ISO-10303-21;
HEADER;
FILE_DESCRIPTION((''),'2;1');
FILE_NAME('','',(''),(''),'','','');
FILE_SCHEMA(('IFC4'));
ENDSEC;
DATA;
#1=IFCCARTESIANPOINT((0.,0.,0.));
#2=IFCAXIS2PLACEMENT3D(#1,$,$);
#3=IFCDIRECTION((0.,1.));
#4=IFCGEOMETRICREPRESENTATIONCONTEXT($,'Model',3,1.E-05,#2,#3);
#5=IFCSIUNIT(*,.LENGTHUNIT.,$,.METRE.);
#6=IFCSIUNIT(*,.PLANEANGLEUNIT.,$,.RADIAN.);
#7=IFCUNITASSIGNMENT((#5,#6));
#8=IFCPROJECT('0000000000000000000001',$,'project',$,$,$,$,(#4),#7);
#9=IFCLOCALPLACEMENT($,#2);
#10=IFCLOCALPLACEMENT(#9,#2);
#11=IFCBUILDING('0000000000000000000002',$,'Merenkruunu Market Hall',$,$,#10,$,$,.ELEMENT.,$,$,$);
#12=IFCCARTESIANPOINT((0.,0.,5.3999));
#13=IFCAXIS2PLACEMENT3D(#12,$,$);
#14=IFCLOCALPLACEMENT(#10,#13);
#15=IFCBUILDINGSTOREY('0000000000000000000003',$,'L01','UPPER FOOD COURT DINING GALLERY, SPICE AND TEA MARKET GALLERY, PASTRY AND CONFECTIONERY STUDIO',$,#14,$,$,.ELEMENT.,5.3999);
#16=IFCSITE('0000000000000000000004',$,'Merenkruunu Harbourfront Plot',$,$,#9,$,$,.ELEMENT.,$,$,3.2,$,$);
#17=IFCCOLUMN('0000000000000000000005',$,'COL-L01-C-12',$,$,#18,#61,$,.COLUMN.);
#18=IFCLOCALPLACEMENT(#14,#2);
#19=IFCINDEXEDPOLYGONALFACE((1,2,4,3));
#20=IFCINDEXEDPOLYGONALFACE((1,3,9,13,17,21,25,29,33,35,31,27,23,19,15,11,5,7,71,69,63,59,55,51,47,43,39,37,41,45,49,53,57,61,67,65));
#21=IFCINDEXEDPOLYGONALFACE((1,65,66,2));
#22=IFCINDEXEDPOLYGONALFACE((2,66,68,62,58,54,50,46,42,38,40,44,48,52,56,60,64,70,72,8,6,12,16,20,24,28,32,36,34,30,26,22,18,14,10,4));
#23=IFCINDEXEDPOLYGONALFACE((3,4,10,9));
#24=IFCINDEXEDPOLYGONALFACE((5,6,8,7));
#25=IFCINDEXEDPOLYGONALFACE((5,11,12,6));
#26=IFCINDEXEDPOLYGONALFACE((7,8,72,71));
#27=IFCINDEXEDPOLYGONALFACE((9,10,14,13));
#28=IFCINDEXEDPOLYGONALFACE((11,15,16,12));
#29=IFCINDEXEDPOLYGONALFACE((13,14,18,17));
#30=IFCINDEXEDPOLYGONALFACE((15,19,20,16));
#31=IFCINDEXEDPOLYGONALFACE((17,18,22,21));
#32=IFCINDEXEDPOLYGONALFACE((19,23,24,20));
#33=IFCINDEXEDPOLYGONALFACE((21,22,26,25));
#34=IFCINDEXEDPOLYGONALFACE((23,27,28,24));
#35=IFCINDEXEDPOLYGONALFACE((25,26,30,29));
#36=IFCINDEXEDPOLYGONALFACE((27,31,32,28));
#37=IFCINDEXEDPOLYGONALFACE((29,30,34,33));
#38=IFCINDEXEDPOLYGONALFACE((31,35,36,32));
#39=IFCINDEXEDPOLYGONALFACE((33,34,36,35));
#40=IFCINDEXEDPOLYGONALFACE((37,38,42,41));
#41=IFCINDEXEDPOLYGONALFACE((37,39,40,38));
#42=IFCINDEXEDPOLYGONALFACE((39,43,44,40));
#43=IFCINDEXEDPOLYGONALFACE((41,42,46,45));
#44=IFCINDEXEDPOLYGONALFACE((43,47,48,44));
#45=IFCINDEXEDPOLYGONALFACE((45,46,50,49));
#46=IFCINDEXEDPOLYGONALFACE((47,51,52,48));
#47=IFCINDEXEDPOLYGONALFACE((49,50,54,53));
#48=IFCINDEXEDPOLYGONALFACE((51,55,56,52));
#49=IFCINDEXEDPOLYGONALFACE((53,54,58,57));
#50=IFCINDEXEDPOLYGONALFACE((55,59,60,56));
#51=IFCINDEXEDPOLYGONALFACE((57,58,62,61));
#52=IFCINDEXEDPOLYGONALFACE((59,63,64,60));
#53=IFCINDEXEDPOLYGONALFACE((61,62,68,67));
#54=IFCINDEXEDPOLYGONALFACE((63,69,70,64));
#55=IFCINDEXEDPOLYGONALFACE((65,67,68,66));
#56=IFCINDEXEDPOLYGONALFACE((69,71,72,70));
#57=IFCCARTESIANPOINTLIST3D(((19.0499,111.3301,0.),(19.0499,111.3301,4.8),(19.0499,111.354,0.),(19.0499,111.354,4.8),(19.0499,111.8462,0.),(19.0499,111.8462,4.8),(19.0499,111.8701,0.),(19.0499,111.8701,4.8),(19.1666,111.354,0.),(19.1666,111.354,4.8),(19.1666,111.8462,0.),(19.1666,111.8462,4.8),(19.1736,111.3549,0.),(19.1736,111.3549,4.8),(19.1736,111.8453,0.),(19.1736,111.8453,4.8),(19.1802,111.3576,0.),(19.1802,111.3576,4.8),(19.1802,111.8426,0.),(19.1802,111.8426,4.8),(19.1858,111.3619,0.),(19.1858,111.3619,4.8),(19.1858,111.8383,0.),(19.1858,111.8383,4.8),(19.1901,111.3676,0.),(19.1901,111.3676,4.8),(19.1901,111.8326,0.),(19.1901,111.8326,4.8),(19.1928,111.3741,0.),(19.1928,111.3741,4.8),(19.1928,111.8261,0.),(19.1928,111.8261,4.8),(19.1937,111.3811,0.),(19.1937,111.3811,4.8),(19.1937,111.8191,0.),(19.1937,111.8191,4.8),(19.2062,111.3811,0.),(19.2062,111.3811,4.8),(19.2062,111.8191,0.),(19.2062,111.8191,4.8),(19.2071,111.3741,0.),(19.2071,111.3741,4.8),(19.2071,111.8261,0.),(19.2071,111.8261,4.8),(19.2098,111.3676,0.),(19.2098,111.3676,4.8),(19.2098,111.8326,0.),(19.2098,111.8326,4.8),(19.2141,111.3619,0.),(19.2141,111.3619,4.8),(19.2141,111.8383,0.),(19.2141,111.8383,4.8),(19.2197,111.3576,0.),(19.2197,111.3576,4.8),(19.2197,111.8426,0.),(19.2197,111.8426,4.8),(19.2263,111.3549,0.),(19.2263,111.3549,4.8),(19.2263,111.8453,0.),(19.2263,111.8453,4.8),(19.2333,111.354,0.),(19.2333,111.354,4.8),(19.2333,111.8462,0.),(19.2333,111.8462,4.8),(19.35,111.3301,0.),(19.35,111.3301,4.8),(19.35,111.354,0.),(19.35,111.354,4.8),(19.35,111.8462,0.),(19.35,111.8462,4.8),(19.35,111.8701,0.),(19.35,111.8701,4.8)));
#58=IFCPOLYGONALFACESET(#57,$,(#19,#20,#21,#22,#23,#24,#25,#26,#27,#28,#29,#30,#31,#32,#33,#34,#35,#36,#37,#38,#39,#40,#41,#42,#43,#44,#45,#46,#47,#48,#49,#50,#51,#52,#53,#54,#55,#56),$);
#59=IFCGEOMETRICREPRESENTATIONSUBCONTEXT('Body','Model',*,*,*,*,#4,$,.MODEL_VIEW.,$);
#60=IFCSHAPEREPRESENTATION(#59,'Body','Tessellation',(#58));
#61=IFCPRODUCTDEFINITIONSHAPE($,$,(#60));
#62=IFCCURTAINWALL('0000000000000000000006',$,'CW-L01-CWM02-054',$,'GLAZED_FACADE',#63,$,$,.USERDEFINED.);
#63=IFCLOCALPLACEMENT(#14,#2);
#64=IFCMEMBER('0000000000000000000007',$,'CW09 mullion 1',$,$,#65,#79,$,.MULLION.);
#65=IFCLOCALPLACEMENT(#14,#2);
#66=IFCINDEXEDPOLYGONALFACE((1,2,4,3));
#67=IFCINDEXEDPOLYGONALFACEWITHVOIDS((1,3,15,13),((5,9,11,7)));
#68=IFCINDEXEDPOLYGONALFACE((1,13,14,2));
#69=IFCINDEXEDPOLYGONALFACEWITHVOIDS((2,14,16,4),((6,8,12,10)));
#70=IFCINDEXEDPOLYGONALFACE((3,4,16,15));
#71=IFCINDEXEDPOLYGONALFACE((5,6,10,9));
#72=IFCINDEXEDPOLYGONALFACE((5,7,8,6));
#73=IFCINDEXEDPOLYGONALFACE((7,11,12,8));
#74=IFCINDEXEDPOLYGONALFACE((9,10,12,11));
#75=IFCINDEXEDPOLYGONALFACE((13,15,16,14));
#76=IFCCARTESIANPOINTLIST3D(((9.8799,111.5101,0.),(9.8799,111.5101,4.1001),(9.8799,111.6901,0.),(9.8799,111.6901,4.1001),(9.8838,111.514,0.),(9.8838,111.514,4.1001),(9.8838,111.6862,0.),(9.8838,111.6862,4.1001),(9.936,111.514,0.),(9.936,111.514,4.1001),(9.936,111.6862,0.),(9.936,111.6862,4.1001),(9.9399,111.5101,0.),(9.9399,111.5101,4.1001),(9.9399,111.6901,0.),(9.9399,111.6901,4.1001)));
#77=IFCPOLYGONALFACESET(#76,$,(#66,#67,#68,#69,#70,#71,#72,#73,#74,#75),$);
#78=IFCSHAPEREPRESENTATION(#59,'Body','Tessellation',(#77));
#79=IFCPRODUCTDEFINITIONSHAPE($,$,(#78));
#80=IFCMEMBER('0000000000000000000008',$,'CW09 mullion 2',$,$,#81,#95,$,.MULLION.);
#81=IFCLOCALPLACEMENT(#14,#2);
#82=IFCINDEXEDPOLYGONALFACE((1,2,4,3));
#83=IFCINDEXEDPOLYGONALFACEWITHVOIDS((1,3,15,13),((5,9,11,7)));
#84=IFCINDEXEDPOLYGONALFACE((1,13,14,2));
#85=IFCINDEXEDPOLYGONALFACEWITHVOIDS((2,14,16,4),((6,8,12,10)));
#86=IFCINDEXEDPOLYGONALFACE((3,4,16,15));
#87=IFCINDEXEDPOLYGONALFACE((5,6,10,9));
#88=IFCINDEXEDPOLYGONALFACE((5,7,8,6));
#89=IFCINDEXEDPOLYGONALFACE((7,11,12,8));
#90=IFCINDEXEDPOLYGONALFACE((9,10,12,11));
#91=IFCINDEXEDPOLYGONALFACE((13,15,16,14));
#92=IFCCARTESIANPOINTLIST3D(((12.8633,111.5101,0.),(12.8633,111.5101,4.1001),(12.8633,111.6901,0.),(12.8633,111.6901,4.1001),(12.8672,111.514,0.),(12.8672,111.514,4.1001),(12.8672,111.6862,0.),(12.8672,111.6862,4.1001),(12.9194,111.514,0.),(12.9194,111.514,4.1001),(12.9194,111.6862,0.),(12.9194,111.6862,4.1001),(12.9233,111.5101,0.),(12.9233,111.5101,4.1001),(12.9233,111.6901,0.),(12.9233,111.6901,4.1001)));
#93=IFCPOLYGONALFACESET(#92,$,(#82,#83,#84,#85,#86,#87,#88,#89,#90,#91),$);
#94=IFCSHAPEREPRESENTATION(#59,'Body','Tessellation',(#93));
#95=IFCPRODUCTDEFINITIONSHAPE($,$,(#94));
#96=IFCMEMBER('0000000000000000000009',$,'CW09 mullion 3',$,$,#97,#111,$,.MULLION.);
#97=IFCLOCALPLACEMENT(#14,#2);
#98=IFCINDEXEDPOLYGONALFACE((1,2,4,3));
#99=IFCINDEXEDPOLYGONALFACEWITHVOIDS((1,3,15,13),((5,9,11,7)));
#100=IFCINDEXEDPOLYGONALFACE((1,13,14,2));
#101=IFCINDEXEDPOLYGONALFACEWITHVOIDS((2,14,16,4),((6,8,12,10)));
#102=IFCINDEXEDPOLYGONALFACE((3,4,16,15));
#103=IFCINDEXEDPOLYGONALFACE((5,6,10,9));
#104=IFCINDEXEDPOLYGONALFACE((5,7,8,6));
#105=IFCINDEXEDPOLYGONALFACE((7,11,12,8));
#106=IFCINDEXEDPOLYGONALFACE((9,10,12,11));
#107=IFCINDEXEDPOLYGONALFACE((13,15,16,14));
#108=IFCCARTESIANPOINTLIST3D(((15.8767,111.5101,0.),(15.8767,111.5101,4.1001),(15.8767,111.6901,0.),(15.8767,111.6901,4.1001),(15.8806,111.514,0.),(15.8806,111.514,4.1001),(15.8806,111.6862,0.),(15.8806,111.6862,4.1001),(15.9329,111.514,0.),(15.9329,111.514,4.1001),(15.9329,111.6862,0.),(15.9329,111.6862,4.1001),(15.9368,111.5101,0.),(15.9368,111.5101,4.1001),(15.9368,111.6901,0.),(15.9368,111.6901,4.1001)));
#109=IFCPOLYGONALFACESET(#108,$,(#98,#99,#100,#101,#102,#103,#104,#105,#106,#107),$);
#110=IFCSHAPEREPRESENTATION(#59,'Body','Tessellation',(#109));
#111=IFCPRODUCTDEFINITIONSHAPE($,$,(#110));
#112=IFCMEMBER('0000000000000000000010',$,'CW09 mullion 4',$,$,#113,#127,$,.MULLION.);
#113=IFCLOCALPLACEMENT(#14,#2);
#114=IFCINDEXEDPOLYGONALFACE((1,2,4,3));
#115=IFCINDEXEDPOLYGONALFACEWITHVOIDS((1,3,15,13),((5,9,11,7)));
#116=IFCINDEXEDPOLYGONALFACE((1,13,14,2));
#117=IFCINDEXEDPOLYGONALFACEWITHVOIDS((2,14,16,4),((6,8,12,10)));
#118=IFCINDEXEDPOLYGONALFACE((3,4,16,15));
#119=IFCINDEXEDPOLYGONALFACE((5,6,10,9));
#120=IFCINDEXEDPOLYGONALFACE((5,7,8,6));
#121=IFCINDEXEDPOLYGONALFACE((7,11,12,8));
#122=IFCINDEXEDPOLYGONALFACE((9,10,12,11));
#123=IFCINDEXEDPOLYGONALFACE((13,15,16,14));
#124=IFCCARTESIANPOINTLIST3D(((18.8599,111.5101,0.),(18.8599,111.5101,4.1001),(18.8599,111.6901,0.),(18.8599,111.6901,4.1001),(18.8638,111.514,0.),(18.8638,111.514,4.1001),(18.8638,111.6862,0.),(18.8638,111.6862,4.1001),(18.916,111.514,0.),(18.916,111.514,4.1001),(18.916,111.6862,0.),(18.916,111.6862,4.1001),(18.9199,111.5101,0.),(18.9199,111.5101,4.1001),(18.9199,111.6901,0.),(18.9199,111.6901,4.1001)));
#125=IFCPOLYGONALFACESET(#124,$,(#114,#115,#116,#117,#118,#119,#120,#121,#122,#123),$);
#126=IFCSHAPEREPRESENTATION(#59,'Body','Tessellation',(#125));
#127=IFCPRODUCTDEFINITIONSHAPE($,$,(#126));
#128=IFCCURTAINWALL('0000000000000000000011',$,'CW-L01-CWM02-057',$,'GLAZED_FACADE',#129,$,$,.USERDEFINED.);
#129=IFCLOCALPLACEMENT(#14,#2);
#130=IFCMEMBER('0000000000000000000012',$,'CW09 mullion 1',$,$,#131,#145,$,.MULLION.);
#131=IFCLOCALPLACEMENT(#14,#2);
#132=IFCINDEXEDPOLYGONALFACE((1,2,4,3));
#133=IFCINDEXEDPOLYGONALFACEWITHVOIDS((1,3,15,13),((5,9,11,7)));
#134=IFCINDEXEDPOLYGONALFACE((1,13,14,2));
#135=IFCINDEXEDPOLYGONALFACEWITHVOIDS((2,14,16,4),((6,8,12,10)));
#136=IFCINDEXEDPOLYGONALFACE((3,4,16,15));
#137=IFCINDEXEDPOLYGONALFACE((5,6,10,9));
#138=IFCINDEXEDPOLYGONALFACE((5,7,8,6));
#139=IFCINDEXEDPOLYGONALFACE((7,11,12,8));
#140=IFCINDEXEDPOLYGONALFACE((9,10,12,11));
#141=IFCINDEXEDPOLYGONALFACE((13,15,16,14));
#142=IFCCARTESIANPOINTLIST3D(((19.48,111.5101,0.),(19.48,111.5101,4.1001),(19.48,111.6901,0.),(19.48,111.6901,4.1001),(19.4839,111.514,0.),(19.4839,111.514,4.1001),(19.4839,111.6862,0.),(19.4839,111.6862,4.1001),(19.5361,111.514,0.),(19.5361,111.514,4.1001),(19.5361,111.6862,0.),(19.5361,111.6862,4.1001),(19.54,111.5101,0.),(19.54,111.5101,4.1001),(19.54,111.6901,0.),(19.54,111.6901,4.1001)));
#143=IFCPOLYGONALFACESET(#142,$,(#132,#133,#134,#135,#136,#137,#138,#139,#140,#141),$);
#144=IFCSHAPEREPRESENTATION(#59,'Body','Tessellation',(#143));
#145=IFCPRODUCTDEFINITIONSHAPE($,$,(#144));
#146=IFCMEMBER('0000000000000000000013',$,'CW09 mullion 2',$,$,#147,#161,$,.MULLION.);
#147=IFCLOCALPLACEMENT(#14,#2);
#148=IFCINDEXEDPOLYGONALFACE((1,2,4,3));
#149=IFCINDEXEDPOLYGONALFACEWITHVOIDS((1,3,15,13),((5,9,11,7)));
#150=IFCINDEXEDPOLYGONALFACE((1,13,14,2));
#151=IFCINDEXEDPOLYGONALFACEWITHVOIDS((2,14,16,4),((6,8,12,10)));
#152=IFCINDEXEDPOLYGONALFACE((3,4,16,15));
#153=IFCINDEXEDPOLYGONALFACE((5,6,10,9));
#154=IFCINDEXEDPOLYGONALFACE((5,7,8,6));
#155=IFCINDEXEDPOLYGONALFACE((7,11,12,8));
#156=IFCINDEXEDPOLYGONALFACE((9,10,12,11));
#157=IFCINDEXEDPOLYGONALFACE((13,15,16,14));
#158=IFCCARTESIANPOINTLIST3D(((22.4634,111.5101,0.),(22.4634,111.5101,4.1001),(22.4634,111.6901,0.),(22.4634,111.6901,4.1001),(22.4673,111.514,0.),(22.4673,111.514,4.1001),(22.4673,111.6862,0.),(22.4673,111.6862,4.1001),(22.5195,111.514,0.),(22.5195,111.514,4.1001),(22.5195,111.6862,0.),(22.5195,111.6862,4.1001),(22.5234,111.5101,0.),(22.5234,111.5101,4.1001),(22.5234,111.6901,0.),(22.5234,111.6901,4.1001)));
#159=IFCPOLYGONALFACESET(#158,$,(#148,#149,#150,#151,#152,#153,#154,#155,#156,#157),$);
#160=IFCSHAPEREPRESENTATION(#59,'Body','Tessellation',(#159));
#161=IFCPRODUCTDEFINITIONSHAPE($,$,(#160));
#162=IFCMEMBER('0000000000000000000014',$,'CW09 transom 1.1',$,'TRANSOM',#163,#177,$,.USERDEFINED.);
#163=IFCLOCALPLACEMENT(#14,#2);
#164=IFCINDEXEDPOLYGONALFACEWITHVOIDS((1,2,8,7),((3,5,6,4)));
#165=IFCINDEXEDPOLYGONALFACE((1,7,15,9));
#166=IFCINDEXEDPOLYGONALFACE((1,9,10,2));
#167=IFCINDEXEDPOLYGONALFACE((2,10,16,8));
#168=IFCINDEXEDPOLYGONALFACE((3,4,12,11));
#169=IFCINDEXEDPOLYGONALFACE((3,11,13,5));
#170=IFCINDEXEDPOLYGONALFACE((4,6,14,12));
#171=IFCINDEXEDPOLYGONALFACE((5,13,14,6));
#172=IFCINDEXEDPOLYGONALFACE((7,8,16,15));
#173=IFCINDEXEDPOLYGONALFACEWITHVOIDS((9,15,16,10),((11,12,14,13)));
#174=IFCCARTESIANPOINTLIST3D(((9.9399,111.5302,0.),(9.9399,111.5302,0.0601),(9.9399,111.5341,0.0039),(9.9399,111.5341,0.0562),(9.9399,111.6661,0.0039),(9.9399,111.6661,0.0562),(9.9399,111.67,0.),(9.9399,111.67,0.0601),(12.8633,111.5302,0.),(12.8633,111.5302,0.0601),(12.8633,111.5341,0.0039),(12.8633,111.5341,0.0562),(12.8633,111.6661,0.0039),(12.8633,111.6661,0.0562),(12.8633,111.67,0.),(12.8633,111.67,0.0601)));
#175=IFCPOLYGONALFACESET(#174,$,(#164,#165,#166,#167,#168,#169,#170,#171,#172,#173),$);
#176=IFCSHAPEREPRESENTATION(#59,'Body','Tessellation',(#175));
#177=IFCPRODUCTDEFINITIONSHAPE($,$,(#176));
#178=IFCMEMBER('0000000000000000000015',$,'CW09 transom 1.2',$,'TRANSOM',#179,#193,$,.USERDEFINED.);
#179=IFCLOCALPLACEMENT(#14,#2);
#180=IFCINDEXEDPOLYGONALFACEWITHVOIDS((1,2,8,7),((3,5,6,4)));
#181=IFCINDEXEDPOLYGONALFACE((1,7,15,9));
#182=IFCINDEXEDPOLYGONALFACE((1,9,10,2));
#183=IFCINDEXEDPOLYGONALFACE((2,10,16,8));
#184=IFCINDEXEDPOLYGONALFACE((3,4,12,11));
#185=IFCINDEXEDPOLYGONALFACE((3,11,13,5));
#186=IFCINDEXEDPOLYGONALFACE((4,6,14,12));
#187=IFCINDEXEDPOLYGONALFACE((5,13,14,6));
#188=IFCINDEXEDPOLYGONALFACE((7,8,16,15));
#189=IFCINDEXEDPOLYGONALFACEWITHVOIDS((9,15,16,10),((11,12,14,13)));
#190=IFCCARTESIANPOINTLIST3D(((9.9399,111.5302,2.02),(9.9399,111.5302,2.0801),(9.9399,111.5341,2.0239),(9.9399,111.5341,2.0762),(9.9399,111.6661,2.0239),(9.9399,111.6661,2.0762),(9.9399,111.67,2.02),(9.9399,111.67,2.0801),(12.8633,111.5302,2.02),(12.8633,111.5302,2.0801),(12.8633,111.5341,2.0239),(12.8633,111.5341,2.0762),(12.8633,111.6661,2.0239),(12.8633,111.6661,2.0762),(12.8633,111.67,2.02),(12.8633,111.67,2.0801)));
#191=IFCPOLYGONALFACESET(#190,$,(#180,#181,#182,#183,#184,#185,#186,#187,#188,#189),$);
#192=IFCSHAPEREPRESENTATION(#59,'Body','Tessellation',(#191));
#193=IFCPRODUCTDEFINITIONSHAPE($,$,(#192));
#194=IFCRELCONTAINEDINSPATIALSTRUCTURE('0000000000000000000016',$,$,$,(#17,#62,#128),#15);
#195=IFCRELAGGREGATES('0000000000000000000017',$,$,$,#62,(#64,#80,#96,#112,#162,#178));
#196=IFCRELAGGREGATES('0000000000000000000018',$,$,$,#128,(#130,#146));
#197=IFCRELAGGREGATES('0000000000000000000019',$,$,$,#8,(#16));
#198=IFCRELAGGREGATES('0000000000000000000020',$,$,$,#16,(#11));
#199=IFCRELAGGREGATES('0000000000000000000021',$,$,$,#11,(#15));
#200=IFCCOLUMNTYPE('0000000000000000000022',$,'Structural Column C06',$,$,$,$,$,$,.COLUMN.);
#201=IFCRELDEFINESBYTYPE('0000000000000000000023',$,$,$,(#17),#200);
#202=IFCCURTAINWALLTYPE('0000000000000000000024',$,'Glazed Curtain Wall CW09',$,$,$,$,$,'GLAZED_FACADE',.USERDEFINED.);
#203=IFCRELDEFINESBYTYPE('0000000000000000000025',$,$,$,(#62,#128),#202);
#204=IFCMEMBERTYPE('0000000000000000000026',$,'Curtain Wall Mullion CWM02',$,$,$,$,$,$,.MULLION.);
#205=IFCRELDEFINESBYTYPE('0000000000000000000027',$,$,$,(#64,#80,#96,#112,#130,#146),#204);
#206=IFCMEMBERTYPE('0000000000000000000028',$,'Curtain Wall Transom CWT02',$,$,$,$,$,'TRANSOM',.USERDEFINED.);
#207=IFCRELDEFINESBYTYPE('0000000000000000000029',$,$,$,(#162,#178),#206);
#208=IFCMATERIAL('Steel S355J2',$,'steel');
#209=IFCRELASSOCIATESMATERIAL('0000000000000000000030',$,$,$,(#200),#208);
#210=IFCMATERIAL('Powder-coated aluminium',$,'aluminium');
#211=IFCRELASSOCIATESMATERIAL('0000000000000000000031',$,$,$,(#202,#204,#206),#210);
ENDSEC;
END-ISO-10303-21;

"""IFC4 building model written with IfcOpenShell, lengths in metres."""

from ifc_helpers import new_model, si_unit, direction, frame, origin, origin_2d, place, context, subcontext, project, spatial, hollow_rectangle, i_section, extrude, material, material_profile, profile_set, type_object, element, aggregate, save


model = new_model("IFC4")

# Units and contexts
model_context = context("Model", 3, precision=1e-05, world=origin(), true_north=direction((0.0, 1.0)))
body_context = subcontext(model_context, "Body", "Model", "MODEL_VIEW")
ifc_project = project(units=[si_unit("LENGTHUNIT", "METRE"), si_unit("PLANEANGLEUNIT", "RADIAN")], contexts=[model_context])

# Site, building, storey
site_placement = place(None, origin())
site = spatial("IfcSite", under=ifc_project, at=site_placement, Name="Merenkruunu Harbourfront Plot", CompositionType="ELEMENT", RefElevation=3.2)
building_placement = place(site_placement, origin())
building = spatial("IfcBuilding", under=site, at=building_placement, Name="Merenkruunu Market Hall", CompositionType="ELEMENT")
storey_placement = place(building_placement, frame((0.0, 0.0, 5.3999)))
storey = spatial("IfcBuildingStorey", under=building, at=storey_placement, Name="L01", Description="UPPER FOOD COURT DINING GALLERY, SPICE AND TEA MARKET GALLERY, PASTRY AND CONFECTIONERY STUDIO", CompositionType="ELEMENT", Elevation=5.3999)

# Column
ifc_material_1 = material(Name="Steel S355J2", Category="steel")
ifc_material_profile_1 = material_profile(ifc_material_1, i_section(OverallWidth=0.3, OverallDepth=0.54, WebThickness=0.0125, FlangeThickness=0.0239, FilletRadius=0.0271, at=origin_2d()), Name="HEA 550")
ifc_profile_set_1 = profile_set([ifc_material_profile_1], Name="Steel S355J2")
column_type = type_object("IfcColumnType", Name="Structural Column C06", PredefinedType="COLUMN", material=ifc_profile_set_1)
column_placement = place(storey_placement, frame((19.2, 111.6001, 0.0), z_axis=(0.0, 0.0, 1.0), x_axis=(1.0, 0.0, 0.0)))
element("IfcColumn", 1, at=column_placement, inside=storey, type_object=column_type, Name="COL-L01-C-12", PredefinedType="COLUMN", context=body_context, shape_type="SweptSolid", body=[
    extrude(i_section(OverallWidth=0.3, OverallDepth=0.54, WebThickness=0.0125, FlangeThickness=0.0239, FilletRadius=0.0271, at=origin_2d()), origin(), (0.0, 0.0, 1.0), 4.8),
])

# Curtain walls, members
ifc_material_2 = material(Name="Powder-coated aluminium", Category="aluminium")
curtain_wall_type = type_object("IfcCurtainWallType", Name="Glazed Curtain Wall CW09", ElementType="GLAZED_FACADE", PredefinedType="USERDEFINED", material=ifc_material_2)
curtain_wall_1_placement = place(storey_placement, origin())
curtain_wall_1 = element("IfcCurtainWall", 2, at=curtain_wall_1_placement, inside=storey, type_object=curtain_wall_type, Name="CW-L01-CWM02-054", ObjectType="GLAZED_FACADE", PredefinedType="USERDEFINED")
ifc_material_profile_2 = material_profile(ifc_material_2, hollow_rectangle(XDim=0.0601, YDim=0.1799, WallThickness=0.0039, at=origin_2d()), Name="ALU 60x180x4")
ifc_profile_set_2 = profile_set([ifc_material_profile_2], Name="Powder-coated aluminium")
member_type_1 = type_object("IfcMemberType", Name="Curtain Wall Mullion CWM02", PredefinedType="MULLION", material=ifc_profile_set_2)
member_1_placement = place(storey_placement, frame((9.9099, 111.6001, 0.0), z_axis=(0.0, 0.0, 1.0), x_axis=(1.0, 0.0, 0.0)))
member_1 = element("IfcMember", 3, at=member_1_placement, type_object=member_type_1, Name="CW09 mullion 1", PredefinedType="MULLION", context=body_context, shape_type="SweptSolid", body=[
    extrude(hollow_rectangle(XDim=0.0601, YDim=0.1799, WallThickness=0.0039, at=origin_2d()), origin(), (0.0, 0.0, 1.0), 4.1001),
])
member_2_placement = place(storey_placement, frame((12.8933, 111.6001, 0.0), z_axis=(0.0, 0.0, 1.0), x_axis=(1.0, 0.0, 0.0)))
member_2 = element("IfcMember", 4, at=member_2_placement, type_object=member_type_1, Name="CW09 mullion 2", PredefinedType="MULLION", context=body_context, shape_type="SweptSolid", body=[
    extrude(hollow_rectangle(XDim=0.0601, YDim=0.1799, WallThickness=0.0039, at=origin_2d()), origin(), (0.0, 0.0, 1.0), 4.1001),
])
member_3_placement = place(storey_placement, frame((15.9067, 111.6001, 0.0), z_axis=(0.0, 0.0, 1.0), x_axis=(1.0, 0.0, 0.0)))
member_3 = element("IfcMember", 5, at=member_3_placement, type_object=member_type_1, Name="CW09 mullion 3", PredefinedType="MULLION", context=body_context, shape_type="SweptSolid", body=[
    extrude(hollow_rectangle(XDim=0.0601, YDim=0.1799, WallThickness=0.0039, at=origin_2d()), origin(), (0.0, 0.0, 1.0), 4.1001),
])
member_4_placement = place(storey_placement, frame((18.8899, 111.6001, 0.0), z_axis=(0.0, 0.0, 1.0), x_axis=(1.0, 0.0, 0.0)))
member_4 = element("IfcMember", 6, at=member_4_placement, type_object=member_type_1, Name="CW09 mullion 4", PredefinedType="MULLION", context=body_context, shape_type="SweptSolid", body=[
    extrude(hollow_rectangle(XDim=0.0601, YDim=0.1799, WallThickness=0.0039, at=origin_2d()), origin(), (0.0, 0.0, 1.0), 4.1001),
])
curtain_wall_2_placement = place(storey_placement, origin())
curtain_wall_2 = element("IfcCurtainWall", 7, at=curtain_wall_2_placement, inside=storey, type_object=curtain_wall_type, Name="CW-L01-CWM02-057", ObjectType="GLAZED_FACADE", PredefinedType="USERDEFINED")
member_5_placement = place(storey_placement, frame((19.51, 111.6001, 0.0), z_axis=(0.0, 0.0, 1.0), x_axis=(1.0, 0.0, 0.0)))
member_5 = element("IfcMember", 8, at=member_5_placement, type_object=member_type_1, Name="CW09 mullion 1", PredefinedType="MULLION", context=body_context, shape_type="SweptSolid", body=[
    extrude(hollow_rectangle(XDim=0.0601, YDim=0.1799, WallThickness=0.0039, at=origin_2d()), origin(), (0.0, 0.0, 1.0), 4.1001),
])
member_6_placement = place(storey_placement, frame((22.4934, 111.6001, 0.0), z_axis=(0.0, 0.0, 1.0), x_axis=(1.0, 0.0, 0.0)))
member_6 = element("IfcMember", 9, at=member_6_placement, type_object=member_type_1, Name="CW09 mullion 2", PredefinedType="MULLION", context=body_context, shape_type="SweptSolid", body=[
    extrude(hollow_rectangle(XDim=0.0601, YDim=0.1799, WallThickness=0.0039, at=origin_2d()), origin(), (0.0, 0.0, 1.0), 4.1001),
])

# Members
ifc_material_profile_3 = material_profile(ifc_material_2, hollow_rectangle(XDim=0.0601, YDim=0.1399, WallThickness=0.0039, at=origin_2d()), Name="ALU 60x140x4")
ifc_profile_set_3 = profile_set([ifc_material_profile_3], Name="Powder-coated aluminium")
member_type_2 = type_object("IfcMemberType", Name="Curtain Wall Transom CWT02", ElementType="TRANSOM", PredefinedType="USERDEFINED", material=ifc_profile_set_3)
member_7_placement = place(storey_placement, frame((9.9399, 111.6001, 0.03), z_axis=(1.0, 0.0, 0.0), x_axis=(0.0, 0.0, 1.0)))
member_7 = element("IfcMember", 10, at=member_7_placement, type_object=member_type_2, Name="CW09 transom 1.1", ObjectType="TRANSOM", PredefinedType="USERDEFINED", context=body_context, shape_type="SweptSolid", body=[
    extrude(hollow_rectangle(XDim=0.0601, YDim=0.1399, WallThickness=0.0039, at=origin_2d()), origin(), (0.0, 0.0, 1.0), 2.9233),
])
member_8_placement = place(storey_placement, frame((9.9399, 111.6001, 2.05), z_axis=(1.0, 0.0, 0.0), x_axis=(0.0, 0.0, 1.0)))
member_8 = element("IfcMember", 11, at=member_8_placement, type_object=member_type_2, Name="CW09 transom 1.2", ObjectType="TRANSOM", PredefinedType="USERDEFINED", context=body_context, shape_type="SweptSolid", body=[
    extrude(hollow_rectangle(XDim=0.0601, YDim=0.1399, WallThickness=0.0039, at=origin_2d()), origin(), (0.0, 0.0, 1.0), 2.9233),
])

aggregate(curtain_wall_1, [member_1, member_2, member_3, member_4, member_7, member_8])
aggregate(curtain_wall_2, [member_5, member_6])

save(model, "model.ifc")
